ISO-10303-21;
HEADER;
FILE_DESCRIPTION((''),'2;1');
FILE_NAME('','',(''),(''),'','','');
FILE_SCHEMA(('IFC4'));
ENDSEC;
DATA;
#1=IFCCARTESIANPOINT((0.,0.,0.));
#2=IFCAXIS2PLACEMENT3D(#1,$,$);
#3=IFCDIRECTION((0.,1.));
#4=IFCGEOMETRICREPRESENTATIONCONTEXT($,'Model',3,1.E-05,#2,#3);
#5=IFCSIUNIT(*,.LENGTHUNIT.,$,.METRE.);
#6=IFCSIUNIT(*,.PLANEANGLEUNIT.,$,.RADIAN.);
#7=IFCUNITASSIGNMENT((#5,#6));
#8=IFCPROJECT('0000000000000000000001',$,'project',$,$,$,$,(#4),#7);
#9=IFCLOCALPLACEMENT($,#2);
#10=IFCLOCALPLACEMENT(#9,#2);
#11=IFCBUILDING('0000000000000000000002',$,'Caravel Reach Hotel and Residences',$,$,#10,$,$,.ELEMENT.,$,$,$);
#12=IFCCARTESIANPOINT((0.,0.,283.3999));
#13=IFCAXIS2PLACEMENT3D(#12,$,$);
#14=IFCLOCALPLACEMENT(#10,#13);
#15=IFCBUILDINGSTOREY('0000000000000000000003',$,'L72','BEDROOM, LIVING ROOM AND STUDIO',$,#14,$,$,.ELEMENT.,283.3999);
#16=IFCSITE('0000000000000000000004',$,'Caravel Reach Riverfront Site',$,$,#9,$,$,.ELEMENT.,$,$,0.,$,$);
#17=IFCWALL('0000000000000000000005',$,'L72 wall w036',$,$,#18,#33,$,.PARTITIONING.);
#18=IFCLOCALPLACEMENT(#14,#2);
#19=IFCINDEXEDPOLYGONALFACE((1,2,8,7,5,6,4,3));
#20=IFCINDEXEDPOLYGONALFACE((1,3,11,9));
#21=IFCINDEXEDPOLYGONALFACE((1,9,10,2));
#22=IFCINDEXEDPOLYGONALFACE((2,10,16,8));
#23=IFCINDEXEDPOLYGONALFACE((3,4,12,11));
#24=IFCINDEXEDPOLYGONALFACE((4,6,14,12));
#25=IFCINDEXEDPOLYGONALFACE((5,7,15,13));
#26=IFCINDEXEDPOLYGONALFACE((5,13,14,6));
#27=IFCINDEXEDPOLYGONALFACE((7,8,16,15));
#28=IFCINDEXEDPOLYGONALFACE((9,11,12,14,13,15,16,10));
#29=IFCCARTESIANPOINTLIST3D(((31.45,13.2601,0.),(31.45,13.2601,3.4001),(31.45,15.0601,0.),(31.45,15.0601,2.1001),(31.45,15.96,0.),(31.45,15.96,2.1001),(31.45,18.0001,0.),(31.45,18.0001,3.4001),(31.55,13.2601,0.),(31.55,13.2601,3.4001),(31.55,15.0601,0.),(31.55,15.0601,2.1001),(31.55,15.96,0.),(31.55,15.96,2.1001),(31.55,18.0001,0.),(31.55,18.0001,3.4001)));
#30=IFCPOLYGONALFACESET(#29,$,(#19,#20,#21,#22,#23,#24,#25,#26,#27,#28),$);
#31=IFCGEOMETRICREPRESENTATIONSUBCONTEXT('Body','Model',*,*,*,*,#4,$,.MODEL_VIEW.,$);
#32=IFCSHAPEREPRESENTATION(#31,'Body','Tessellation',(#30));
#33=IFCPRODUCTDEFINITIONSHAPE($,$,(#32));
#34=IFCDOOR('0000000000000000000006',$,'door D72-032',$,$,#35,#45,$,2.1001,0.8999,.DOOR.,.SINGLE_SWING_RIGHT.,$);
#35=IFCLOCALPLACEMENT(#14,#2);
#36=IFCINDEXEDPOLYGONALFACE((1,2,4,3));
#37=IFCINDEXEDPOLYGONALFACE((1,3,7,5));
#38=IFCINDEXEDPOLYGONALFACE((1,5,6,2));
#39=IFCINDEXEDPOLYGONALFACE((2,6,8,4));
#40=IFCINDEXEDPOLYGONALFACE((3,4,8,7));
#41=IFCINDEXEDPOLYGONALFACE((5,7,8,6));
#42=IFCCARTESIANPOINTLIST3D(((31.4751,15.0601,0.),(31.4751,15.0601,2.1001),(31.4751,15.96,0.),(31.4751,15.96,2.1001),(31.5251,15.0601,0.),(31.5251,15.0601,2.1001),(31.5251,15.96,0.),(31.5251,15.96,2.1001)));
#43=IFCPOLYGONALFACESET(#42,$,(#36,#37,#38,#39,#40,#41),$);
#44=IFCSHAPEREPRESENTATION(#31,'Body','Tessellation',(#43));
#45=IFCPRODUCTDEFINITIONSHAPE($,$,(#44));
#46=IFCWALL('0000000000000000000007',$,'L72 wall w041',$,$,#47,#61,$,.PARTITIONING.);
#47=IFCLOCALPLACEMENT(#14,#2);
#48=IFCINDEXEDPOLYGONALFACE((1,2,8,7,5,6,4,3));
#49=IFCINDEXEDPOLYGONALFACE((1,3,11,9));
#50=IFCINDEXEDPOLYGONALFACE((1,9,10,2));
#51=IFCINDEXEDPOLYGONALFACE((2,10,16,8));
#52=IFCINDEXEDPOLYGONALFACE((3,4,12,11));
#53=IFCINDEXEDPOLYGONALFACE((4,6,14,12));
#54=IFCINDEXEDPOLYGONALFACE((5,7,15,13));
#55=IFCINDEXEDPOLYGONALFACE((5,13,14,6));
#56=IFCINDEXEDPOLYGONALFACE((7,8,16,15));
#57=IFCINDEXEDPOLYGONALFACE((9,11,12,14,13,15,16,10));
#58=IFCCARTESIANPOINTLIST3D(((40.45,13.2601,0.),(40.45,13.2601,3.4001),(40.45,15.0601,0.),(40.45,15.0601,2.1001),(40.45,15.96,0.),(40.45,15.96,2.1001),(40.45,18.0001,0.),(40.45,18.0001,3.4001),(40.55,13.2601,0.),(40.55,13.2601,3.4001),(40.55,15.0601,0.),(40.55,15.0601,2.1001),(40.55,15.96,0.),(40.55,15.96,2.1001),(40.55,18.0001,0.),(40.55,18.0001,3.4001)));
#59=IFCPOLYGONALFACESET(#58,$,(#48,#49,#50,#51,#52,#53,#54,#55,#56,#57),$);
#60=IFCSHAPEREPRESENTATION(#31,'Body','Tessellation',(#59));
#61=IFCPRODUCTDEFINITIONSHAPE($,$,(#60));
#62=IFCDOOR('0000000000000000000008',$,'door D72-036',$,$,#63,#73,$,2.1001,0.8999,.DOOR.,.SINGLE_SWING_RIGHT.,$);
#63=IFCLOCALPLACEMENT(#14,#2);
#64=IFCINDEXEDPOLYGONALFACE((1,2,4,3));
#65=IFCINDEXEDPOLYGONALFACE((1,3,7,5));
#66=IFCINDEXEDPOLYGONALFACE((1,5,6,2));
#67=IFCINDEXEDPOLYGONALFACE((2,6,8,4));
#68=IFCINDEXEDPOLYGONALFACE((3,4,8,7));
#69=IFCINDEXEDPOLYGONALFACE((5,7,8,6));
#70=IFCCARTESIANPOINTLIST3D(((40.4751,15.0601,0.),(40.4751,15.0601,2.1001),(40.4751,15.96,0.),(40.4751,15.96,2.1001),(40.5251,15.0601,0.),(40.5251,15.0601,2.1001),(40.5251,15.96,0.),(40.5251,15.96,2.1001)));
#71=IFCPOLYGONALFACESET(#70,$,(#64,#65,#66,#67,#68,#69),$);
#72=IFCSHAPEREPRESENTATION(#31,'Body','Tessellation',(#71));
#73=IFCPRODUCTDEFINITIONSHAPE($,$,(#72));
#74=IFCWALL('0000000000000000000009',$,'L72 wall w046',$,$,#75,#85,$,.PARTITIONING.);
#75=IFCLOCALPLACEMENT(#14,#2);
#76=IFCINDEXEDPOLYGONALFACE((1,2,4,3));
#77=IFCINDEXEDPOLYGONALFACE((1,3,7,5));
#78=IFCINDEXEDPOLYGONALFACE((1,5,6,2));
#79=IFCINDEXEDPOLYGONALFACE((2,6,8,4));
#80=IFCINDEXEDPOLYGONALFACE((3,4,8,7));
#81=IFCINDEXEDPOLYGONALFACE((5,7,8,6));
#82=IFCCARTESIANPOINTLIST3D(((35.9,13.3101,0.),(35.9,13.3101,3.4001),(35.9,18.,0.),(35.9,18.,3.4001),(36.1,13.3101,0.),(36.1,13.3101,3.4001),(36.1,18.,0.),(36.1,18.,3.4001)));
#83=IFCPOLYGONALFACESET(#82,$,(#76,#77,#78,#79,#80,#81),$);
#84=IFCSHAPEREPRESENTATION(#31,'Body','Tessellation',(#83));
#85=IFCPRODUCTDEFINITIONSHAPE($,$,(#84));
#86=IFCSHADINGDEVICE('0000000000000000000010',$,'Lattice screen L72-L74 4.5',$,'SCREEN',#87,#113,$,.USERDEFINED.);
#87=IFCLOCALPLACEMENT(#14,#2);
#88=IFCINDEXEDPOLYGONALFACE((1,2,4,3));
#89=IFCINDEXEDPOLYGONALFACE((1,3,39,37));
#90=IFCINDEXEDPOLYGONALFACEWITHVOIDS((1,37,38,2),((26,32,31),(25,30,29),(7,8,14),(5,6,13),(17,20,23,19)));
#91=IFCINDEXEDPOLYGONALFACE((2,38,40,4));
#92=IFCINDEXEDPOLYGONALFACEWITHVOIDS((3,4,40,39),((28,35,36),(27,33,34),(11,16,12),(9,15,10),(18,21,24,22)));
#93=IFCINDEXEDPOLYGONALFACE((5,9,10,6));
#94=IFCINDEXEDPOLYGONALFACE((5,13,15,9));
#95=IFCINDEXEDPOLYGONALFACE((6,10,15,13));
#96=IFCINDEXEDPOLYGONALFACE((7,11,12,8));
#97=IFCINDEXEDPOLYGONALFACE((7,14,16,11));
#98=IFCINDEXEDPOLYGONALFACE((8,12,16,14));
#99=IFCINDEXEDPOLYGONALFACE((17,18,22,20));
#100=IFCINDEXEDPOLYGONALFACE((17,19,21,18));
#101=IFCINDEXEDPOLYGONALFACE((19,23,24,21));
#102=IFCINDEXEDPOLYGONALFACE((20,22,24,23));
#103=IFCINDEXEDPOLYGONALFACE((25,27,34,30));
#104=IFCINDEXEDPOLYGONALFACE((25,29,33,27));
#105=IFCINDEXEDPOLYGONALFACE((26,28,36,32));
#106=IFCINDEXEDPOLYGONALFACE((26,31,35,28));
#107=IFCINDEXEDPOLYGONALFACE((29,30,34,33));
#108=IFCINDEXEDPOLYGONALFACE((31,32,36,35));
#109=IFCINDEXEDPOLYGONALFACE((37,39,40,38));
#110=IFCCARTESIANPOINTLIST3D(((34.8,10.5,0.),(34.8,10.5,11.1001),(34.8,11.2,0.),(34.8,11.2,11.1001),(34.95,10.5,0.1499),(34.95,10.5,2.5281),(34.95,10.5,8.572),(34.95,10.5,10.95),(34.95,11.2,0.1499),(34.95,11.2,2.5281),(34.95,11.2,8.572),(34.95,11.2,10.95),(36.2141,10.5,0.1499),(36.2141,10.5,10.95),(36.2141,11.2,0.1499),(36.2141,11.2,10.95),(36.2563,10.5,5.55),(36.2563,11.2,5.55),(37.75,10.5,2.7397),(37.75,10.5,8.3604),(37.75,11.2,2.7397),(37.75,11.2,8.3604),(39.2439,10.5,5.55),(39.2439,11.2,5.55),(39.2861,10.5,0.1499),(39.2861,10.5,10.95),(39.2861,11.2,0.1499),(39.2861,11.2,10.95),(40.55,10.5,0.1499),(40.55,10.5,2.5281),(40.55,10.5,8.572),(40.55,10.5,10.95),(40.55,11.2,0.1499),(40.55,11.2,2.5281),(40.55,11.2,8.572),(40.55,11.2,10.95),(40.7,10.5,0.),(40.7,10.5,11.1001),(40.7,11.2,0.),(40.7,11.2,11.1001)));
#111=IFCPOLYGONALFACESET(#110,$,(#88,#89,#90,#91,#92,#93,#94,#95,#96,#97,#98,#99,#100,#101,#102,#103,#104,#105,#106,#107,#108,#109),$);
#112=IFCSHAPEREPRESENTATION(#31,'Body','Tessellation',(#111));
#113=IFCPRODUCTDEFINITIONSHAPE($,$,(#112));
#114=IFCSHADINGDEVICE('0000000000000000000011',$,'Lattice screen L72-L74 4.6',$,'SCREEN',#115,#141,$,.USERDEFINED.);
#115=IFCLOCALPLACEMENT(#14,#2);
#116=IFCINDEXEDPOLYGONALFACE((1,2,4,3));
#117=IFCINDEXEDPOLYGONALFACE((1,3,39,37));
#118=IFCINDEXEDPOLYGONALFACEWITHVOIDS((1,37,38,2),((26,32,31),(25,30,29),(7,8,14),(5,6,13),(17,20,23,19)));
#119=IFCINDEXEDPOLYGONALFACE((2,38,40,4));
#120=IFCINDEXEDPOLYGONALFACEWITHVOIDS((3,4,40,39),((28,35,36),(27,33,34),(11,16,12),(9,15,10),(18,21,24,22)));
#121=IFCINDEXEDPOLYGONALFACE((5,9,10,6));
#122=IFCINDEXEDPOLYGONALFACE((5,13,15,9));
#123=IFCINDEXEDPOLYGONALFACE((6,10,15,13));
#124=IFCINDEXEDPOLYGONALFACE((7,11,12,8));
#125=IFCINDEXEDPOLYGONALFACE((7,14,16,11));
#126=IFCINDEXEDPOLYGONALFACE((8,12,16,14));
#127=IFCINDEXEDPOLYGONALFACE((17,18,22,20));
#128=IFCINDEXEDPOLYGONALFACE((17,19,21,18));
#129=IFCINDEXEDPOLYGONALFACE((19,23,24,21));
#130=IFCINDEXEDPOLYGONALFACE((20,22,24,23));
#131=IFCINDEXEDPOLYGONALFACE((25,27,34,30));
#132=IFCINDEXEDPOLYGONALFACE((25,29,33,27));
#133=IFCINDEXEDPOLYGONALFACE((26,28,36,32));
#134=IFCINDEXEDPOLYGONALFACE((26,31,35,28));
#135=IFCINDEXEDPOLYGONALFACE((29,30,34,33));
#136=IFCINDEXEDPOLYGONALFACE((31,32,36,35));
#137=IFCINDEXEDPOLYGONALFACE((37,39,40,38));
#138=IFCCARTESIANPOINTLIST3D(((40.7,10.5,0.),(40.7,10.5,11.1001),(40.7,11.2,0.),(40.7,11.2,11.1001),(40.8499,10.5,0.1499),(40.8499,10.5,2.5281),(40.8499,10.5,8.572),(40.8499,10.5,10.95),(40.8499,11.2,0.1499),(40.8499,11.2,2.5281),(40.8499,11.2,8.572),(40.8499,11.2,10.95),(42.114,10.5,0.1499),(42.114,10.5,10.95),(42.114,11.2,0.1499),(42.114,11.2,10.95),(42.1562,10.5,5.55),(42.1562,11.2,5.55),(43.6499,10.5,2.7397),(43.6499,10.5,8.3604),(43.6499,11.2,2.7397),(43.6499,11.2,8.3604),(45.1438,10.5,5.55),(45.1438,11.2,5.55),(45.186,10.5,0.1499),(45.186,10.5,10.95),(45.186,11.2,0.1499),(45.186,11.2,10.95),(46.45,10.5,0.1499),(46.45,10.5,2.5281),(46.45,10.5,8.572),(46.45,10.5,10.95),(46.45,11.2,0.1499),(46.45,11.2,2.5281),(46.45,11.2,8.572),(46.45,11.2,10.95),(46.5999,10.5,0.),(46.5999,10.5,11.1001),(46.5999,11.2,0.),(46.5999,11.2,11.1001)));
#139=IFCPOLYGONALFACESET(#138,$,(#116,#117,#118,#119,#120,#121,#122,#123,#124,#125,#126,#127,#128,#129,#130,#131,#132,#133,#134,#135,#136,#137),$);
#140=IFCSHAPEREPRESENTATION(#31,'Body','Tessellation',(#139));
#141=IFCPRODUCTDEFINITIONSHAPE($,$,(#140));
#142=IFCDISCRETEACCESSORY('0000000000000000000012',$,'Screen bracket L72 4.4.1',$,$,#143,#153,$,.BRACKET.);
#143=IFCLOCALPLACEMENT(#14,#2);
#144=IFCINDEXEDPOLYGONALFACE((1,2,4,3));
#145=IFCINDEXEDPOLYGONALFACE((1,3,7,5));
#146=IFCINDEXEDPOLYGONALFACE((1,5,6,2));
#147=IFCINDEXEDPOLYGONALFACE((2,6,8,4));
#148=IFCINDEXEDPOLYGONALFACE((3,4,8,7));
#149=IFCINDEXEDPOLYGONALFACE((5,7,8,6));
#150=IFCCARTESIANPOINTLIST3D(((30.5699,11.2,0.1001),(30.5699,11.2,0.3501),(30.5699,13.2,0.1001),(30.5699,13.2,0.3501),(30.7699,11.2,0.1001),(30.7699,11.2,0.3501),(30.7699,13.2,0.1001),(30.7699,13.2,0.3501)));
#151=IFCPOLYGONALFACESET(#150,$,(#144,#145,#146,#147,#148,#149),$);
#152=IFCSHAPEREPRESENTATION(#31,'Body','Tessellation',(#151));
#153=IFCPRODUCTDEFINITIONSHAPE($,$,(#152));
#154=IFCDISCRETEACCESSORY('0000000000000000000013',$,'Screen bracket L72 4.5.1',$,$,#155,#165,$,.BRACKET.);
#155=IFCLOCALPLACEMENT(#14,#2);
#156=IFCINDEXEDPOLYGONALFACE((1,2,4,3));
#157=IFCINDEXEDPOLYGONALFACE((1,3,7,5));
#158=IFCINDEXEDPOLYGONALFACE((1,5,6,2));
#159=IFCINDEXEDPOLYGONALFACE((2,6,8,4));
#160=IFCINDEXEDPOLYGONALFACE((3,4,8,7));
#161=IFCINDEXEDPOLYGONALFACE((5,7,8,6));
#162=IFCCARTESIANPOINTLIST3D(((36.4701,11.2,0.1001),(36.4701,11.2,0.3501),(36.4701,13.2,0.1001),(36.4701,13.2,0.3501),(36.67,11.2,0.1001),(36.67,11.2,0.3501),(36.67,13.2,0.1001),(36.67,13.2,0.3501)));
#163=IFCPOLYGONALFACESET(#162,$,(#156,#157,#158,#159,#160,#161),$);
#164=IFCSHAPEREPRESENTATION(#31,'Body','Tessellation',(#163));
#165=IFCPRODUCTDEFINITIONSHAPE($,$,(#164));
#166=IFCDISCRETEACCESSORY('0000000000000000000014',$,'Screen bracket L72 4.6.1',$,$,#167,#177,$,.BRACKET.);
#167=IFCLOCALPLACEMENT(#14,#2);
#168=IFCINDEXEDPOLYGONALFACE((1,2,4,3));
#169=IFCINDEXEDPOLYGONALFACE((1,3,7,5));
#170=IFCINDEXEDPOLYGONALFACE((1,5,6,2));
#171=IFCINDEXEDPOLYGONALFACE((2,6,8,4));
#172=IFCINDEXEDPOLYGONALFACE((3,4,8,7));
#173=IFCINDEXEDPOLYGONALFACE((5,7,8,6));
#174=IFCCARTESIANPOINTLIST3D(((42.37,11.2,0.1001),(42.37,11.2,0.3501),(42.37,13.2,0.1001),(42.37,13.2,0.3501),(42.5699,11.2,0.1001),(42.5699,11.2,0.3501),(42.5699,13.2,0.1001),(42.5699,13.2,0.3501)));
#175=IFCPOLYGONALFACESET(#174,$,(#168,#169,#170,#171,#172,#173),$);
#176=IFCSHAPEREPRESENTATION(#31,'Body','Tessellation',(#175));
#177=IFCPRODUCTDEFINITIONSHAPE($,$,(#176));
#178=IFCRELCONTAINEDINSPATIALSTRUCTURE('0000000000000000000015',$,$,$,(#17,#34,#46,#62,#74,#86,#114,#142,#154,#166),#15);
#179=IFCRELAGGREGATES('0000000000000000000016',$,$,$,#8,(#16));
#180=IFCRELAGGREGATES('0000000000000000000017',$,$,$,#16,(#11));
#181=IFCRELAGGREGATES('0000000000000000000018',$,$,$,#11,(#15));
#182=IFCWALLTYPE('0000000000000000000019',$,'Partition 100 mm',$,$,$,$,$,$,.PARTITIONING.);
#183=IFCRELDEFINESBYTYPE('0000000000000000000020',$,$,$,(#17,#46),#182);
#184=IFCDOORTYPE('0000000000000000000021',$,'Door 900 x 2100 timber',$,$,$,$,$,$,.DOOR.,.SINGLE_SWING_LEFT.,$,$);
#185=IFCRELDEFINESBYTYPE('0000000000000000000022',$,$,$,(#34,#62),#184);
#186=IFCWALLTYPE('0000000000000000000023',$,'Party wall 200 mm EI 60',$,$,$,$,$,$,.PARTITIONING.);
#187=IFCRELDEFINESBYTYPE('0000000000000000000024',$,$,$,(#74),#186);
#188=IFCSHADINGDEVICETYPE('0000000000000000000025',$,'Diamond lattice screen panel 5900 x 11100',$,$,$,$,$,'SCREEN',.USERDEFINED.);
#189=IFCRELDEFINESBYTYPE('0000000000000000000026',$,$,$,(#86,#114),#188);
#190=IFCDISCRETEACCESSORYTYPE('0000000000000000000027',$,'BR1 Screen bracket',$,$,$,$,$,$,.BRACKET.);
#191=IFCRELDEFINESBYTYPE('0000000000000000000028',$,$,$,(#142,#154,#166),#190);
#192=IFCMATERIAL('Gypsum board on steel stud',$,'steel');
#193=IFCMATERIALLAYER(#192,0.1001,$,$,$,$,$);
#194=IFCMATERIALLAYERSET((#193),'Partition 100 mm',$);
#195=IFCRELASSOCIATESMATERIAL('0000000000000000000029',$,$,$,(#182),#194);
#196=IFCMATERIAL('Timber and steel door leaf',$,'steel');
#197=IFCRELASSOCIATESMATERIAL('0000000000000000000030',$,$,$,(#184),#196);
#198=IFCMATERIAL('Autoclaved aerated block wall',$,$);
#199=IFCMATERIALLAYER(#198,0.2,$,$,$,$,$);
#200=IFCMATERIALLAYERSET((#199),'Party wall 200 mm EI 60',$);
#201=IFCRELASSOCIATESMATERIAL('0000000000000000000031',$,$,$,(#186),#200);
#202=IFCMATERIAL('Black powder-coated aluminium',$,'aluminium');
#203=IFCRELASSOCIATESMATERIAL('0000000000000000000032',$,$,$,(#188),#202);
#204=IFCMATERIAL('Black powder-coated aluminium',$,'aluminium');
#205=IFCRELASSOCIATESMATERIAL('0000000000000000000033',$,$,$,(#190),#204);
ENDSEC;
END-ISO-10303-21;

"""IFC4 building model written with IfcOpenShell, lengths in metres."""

from ifc_helpers import new_model, si_unit, direction, frame, frame_2d, origin, origin_2d, place, context, subcontext, project, spatial, polyline, rectangle, outline, extrude, material, layer, layer_set, type_object, element, fill, save


model = new_model("IFC4")

# Units and contexts
model_context = context("Model", 3, precision=1e-05, world=origin(), true_north=direction((0.0, 1.0)))
body_context = subcontext(model_context, "Body", "Model", "MODEL_VIEW")
ifc_project = project(units=[si_unit("LENGTHUNIT", "METRE"), si_unit("PLANEANGLEUNIT", "RADIAN")], contexts=[model_context])

# Site, building, storey
site_placement = place(None, origin())
site = spatial("IfcSite", under=ifc_project, at=site_placement, Name="Caravel Reach Riverfront Site", CompositionType="ELEMENT", RefElevation=0.0)
building_placement = place(site_placement, origin())
building = spatial("IfcBuilding", under=site, at=building_placement, Name="Caravel Reach Hotel and Residences", CompositionType="ELEMENT")
storey_placement = place(building_placement, frame((0.0, 0.0, 283.3999)))
storey = spatial("IfcBuildingStorey", under=building, at=storey_placement, Name="L72", Description="BEDROOM, LIVING ROOM AND STUDIO", CompositionType="ELEMENT", Elevation=283.3999)

# Shared definitions
ifc_material_1 = material(Name="Gypsum board on steel stud", Category="steel")
ifc_layer_1 = layer(ifc_material_1, 0.1001)
ifc_layer_set_1 = layer_set([ifc_layer_1], Name="Partition 100 mm")
wall_type_1 = type_object("IfcWallType", Name="Partition 100 mm", PredefinedType="PARTITIONING", material=ifc_layer_set_1)

# Walls, openings, doors
ifc_material_2 = material(Name="Timber and steel door leaf", Category="steel")
door_type_1 = type_object("IfcDoorType", Name="Door 900 x 2100 timber", OperationType="SINGLE_SWING_LEFT", PredefinedType="DOOR", material=ifc_material_2)
wall_1_placement = place(storey_placement, frame((31.5, 13.26, 0.0), z_axis=(0.0, 0.0, 1.0), x_axis=(0.0, 1.0, 0.0)))
wall_1 = element("IfcWall", 1, at=wall_1_placement, inside=storey, type_object=wall_type_1, Name="L72 wall w036", PredefinedType="PARTITIONING", context=body_context, shape_type="SweptSolid", body=[
    extrude(rectangle(XDim=4.74, YDim=0.1001, at=frame_2d((2.3701, 0.0))), origin(), (0.0, 0.0, 1.0), 3.4001),
])
opening_1_placement = place(wall_1_placement, frame((1.8, 0.0, 0.0)))
opening_1 = element("IfcOpeningElement", 2, at=opening_1_placement, cuts=wall_1, PredefinedType="OPENING", context=body_context, shape_type="SweptSolid", body=[
    extrude(rectangle(XDim=0.8999, YDim=2.1001, at=frame_2d((0.45, 1.05))), frame((0.0, 0.0601, 0.0), z_axis=(0.0, -1.0, 0.0), x_axis=(1.0, 0.0, 0.0)), (0.0, 0.0, 1.0), 0.1201),
])
door_1_placement = place(opening_1_placement, origin())
door_1 = element("IfcDoor", 3, at=door_1_placement, inside=storey, type_object=door_type_1, Name="door D72-032", OperationType="SINGLE_SWING_RIGHT", OverallHeight=2.1001, OverallWidth=0.8999, PredefinedType="DOOR", context=body_context, shape_type="SweptSolid", body=[
    extrude(rectangle(XDim=0.8999, YDim=2.1001, at=frame_2d((0.45, 1.05))), frame((0.0, 0.0249, 0.0), z_axis=(0.0, -1.0, 0.0), x_axis=(1.0, 0.0, 0.0)), (0.0, 0.0, 1.0), 0.05),
])
fill(opening_1, door_1)
wall_2_placement = place(storey_placement, frame((40.5, 13.26, 0.0), z_axis=(0.0, 0.0, 1.0), x_axis=(0.0, 1.0, 0.0)))
wall_2 = element("IfcWall", 4, at=wall_2_placement, inside=storey, type_object=wall_type_1, Name="L72 wall w041", PredefinedType="PARTITIONING", context=body_context, shape_type="SweptSolid", body=[
    extrude(rectangle(XDim=4.74, YDim=0.1001, at=frame_2d((2.3701, 0.0))), origin(), (0.0, 0.0, 1.0), 3.4001),
])
opening_2_placement = place(wall_2_placement, frame((1.8, 0.0, 0.0)))
opening_2 = element("IfcOpeningElement", 5, at=opening_2_placement, cuts=wall_2, PredefinedType="OPENING", context=body_context, shape_type="SweptSolid", body=[
    extrude(rectangle(XDim=0.8999, YDim=2.1001, at=frame_2d((0.45, 1.05))), frame((0.0, 0.0601, 0.0), z_axis=(0.0, -1.0, 0.0), x_axis=(1.0, 0.0, 0.0)), (0.0, 0.0, 1.0), 0.1201),
])
door_2_placement = place(opening_2_placement, origin())
door_2 = element("IfcDoor", 6, at=door_2_placement, inside=storey, type_object=door_type_1, Name="door D72-036", OperationType="SINGLE_SWING_RIGHT", OverallHeight=2.1001, OverallWidth=0.8999, PredefinedType="DOOR", context=body_context, shape_type="SweptSolid", body=[
    extrude(rectangle(XDim=0.8999, YDim=2.1001, at=frame_2d((0.45, 1.05))), frame((0.0, 0.0249, 0.0), z_axis=(0.0, -1.0, 0.0), x_axis=(1.0, 0.0, 0.0)), (0.0, 0.0, 1.0), 0.05),
])
fill(opening_2, door_2)

# Wall
ifc_material_3 = material(Name="Autoclaved aerated block wall")
ifc_layer_2 = layer(ifc_material_3, 0.2)
ifc_layer_set_2 = layer_set([ifc_layer_2], Name="Party wall 200 mm EI 60")
wall_type_2 = type_object("IfcWallType", Name="Party wall 200 mm EI 60", PredefinedType="PARTITIONING", material=ifc_layer_set_2)
wall_3_placement = place(storey_placement, frame((36.0, 13.3101, 0.0), z_axis=(0.0, 0.0, 1.0), x_axis=(0.0, 1.0, 0.0)))
element("IfcWall", 7, at=wall_3_placement, inside=storey, type_object=wall_type_2, Name="L72 wall w046", PredefinedType="PARTITIONING", context=body_context, shape_type="SweptSolid", body=[
    extrude(rectangle(XDim=4.6899, YDim=0.2, at=frame_2d((2.345, 0.0))), origin(), (0.0, 0.0, 1.0), 3.4001),
])

# Shading devices
ifc_material_4 = material(Name="Black powder-coated aluminium", Category="aluminium")
shading_device_type = type_object("IfcShadingDeviceType", Name="Diamond lattice screen panel 5900 x 11100", ElementType="SCREEN", PredefinedType="USERDEFINED", material=ifc_material_4)
for number, where, z_axis, x_axis, name in (
    (8, (34.8, 11.2, 0.0), (0.0, -1.0, 0.0), (1.0, 0.0, 0.0), "Lattice screen L72-L74 4.5"),
    (9, (40.7, 11.2, 0.0), (0.0, -1.0, 0.0), (1.0, 0.0, 0.0), "Lattice screen L72-L74 4.6"),
):
    element("IfcShadingDevice", number, at=place(storey_placement, frame(where, z_axis=z_axis, x_axis=x_axis)), inside=storey, type_object=shading_device_type, Name=name, ObjectType="SCREEN", PredefinedType="USERDEFINED", context=body_context, shape_type="SweptSolid", body=[
        extrude(outline(polyline([(0.0, 0.0), (5.8999, 0.0), (5.8999, 11.1001), (0.0, 11.1001), (0.0, 0.0)]), holes=[polyline([(1.4141, 0.1499), (0.1499, 2.5281), (0.1499, 0.1499), (1.4141, 0.1499)]), polyline([(0.1499, 8.572), (1.4141, 10.95), (0.1499, 10.95), (0.1499, 8.572)]), polyline([(2.95, 8.3604), (1.4563, 5.55), (2.95, 2.7397), (4.4438, 5.55), (2.95, 8.3604)]), polyline([(5.75, 2.5281), (4.4861, 0.1499), (5.75, 0.1499), (5.75, 2.5281)]), polyline([(4.4861, 10.95), (5.75, 8.572), (5.75, 10.95), (4.4861, 10.95)])]), origin(), (0.0, 0.0, 1.0), 0.7),
    ])

# Discrete accessories
ifc_material_5 = material(Name="Black powder-coated aluminium", Category="aluminium")
discrete_accessory_type = type_object("IfcDiscreteAccessoryType", Name="BR1 Screen bracket", PredefinedType="BRACKET", material=ifc_material_5)
for number, where, z_axis, x_axis, name in (
    (10, (30.6699, 12.2, 0.1001), (0.0, 0.0, 1.0), (0.0, -1.0, 0.0), "Screen bracket L72 4.4.1"),
    (11, (36.5701, 12.2, 0.1001), (0.0, 0.0, 1.0), (0.0, -1.0, 0.0), "Screen bracket L72 4.5.1"),
    (12, (42.47, 12.2, 0.1001), (0.0, 0.0, 1.0), (0.0, -1.0, 0.0), "Screen bracket L72 4.6.1"),
):
    element("IfcDiscreteAccessory", number, at=place(storey_placement, frame(where, z_axis=z_axis, x_axis=x_axis)), inside=storey, type_object=discrete_accessory_type, Name=name, PredefinedType="BRACKET", context=body_context, shape_type="SweptSolid", body=[
        extrude(rectangle(XDim=2.0, YDim=0.2, at=origin_2d()), origin(), (0.0, 0.0, 1.0), 0.25),
    ])

save(model, "model.ifc")
